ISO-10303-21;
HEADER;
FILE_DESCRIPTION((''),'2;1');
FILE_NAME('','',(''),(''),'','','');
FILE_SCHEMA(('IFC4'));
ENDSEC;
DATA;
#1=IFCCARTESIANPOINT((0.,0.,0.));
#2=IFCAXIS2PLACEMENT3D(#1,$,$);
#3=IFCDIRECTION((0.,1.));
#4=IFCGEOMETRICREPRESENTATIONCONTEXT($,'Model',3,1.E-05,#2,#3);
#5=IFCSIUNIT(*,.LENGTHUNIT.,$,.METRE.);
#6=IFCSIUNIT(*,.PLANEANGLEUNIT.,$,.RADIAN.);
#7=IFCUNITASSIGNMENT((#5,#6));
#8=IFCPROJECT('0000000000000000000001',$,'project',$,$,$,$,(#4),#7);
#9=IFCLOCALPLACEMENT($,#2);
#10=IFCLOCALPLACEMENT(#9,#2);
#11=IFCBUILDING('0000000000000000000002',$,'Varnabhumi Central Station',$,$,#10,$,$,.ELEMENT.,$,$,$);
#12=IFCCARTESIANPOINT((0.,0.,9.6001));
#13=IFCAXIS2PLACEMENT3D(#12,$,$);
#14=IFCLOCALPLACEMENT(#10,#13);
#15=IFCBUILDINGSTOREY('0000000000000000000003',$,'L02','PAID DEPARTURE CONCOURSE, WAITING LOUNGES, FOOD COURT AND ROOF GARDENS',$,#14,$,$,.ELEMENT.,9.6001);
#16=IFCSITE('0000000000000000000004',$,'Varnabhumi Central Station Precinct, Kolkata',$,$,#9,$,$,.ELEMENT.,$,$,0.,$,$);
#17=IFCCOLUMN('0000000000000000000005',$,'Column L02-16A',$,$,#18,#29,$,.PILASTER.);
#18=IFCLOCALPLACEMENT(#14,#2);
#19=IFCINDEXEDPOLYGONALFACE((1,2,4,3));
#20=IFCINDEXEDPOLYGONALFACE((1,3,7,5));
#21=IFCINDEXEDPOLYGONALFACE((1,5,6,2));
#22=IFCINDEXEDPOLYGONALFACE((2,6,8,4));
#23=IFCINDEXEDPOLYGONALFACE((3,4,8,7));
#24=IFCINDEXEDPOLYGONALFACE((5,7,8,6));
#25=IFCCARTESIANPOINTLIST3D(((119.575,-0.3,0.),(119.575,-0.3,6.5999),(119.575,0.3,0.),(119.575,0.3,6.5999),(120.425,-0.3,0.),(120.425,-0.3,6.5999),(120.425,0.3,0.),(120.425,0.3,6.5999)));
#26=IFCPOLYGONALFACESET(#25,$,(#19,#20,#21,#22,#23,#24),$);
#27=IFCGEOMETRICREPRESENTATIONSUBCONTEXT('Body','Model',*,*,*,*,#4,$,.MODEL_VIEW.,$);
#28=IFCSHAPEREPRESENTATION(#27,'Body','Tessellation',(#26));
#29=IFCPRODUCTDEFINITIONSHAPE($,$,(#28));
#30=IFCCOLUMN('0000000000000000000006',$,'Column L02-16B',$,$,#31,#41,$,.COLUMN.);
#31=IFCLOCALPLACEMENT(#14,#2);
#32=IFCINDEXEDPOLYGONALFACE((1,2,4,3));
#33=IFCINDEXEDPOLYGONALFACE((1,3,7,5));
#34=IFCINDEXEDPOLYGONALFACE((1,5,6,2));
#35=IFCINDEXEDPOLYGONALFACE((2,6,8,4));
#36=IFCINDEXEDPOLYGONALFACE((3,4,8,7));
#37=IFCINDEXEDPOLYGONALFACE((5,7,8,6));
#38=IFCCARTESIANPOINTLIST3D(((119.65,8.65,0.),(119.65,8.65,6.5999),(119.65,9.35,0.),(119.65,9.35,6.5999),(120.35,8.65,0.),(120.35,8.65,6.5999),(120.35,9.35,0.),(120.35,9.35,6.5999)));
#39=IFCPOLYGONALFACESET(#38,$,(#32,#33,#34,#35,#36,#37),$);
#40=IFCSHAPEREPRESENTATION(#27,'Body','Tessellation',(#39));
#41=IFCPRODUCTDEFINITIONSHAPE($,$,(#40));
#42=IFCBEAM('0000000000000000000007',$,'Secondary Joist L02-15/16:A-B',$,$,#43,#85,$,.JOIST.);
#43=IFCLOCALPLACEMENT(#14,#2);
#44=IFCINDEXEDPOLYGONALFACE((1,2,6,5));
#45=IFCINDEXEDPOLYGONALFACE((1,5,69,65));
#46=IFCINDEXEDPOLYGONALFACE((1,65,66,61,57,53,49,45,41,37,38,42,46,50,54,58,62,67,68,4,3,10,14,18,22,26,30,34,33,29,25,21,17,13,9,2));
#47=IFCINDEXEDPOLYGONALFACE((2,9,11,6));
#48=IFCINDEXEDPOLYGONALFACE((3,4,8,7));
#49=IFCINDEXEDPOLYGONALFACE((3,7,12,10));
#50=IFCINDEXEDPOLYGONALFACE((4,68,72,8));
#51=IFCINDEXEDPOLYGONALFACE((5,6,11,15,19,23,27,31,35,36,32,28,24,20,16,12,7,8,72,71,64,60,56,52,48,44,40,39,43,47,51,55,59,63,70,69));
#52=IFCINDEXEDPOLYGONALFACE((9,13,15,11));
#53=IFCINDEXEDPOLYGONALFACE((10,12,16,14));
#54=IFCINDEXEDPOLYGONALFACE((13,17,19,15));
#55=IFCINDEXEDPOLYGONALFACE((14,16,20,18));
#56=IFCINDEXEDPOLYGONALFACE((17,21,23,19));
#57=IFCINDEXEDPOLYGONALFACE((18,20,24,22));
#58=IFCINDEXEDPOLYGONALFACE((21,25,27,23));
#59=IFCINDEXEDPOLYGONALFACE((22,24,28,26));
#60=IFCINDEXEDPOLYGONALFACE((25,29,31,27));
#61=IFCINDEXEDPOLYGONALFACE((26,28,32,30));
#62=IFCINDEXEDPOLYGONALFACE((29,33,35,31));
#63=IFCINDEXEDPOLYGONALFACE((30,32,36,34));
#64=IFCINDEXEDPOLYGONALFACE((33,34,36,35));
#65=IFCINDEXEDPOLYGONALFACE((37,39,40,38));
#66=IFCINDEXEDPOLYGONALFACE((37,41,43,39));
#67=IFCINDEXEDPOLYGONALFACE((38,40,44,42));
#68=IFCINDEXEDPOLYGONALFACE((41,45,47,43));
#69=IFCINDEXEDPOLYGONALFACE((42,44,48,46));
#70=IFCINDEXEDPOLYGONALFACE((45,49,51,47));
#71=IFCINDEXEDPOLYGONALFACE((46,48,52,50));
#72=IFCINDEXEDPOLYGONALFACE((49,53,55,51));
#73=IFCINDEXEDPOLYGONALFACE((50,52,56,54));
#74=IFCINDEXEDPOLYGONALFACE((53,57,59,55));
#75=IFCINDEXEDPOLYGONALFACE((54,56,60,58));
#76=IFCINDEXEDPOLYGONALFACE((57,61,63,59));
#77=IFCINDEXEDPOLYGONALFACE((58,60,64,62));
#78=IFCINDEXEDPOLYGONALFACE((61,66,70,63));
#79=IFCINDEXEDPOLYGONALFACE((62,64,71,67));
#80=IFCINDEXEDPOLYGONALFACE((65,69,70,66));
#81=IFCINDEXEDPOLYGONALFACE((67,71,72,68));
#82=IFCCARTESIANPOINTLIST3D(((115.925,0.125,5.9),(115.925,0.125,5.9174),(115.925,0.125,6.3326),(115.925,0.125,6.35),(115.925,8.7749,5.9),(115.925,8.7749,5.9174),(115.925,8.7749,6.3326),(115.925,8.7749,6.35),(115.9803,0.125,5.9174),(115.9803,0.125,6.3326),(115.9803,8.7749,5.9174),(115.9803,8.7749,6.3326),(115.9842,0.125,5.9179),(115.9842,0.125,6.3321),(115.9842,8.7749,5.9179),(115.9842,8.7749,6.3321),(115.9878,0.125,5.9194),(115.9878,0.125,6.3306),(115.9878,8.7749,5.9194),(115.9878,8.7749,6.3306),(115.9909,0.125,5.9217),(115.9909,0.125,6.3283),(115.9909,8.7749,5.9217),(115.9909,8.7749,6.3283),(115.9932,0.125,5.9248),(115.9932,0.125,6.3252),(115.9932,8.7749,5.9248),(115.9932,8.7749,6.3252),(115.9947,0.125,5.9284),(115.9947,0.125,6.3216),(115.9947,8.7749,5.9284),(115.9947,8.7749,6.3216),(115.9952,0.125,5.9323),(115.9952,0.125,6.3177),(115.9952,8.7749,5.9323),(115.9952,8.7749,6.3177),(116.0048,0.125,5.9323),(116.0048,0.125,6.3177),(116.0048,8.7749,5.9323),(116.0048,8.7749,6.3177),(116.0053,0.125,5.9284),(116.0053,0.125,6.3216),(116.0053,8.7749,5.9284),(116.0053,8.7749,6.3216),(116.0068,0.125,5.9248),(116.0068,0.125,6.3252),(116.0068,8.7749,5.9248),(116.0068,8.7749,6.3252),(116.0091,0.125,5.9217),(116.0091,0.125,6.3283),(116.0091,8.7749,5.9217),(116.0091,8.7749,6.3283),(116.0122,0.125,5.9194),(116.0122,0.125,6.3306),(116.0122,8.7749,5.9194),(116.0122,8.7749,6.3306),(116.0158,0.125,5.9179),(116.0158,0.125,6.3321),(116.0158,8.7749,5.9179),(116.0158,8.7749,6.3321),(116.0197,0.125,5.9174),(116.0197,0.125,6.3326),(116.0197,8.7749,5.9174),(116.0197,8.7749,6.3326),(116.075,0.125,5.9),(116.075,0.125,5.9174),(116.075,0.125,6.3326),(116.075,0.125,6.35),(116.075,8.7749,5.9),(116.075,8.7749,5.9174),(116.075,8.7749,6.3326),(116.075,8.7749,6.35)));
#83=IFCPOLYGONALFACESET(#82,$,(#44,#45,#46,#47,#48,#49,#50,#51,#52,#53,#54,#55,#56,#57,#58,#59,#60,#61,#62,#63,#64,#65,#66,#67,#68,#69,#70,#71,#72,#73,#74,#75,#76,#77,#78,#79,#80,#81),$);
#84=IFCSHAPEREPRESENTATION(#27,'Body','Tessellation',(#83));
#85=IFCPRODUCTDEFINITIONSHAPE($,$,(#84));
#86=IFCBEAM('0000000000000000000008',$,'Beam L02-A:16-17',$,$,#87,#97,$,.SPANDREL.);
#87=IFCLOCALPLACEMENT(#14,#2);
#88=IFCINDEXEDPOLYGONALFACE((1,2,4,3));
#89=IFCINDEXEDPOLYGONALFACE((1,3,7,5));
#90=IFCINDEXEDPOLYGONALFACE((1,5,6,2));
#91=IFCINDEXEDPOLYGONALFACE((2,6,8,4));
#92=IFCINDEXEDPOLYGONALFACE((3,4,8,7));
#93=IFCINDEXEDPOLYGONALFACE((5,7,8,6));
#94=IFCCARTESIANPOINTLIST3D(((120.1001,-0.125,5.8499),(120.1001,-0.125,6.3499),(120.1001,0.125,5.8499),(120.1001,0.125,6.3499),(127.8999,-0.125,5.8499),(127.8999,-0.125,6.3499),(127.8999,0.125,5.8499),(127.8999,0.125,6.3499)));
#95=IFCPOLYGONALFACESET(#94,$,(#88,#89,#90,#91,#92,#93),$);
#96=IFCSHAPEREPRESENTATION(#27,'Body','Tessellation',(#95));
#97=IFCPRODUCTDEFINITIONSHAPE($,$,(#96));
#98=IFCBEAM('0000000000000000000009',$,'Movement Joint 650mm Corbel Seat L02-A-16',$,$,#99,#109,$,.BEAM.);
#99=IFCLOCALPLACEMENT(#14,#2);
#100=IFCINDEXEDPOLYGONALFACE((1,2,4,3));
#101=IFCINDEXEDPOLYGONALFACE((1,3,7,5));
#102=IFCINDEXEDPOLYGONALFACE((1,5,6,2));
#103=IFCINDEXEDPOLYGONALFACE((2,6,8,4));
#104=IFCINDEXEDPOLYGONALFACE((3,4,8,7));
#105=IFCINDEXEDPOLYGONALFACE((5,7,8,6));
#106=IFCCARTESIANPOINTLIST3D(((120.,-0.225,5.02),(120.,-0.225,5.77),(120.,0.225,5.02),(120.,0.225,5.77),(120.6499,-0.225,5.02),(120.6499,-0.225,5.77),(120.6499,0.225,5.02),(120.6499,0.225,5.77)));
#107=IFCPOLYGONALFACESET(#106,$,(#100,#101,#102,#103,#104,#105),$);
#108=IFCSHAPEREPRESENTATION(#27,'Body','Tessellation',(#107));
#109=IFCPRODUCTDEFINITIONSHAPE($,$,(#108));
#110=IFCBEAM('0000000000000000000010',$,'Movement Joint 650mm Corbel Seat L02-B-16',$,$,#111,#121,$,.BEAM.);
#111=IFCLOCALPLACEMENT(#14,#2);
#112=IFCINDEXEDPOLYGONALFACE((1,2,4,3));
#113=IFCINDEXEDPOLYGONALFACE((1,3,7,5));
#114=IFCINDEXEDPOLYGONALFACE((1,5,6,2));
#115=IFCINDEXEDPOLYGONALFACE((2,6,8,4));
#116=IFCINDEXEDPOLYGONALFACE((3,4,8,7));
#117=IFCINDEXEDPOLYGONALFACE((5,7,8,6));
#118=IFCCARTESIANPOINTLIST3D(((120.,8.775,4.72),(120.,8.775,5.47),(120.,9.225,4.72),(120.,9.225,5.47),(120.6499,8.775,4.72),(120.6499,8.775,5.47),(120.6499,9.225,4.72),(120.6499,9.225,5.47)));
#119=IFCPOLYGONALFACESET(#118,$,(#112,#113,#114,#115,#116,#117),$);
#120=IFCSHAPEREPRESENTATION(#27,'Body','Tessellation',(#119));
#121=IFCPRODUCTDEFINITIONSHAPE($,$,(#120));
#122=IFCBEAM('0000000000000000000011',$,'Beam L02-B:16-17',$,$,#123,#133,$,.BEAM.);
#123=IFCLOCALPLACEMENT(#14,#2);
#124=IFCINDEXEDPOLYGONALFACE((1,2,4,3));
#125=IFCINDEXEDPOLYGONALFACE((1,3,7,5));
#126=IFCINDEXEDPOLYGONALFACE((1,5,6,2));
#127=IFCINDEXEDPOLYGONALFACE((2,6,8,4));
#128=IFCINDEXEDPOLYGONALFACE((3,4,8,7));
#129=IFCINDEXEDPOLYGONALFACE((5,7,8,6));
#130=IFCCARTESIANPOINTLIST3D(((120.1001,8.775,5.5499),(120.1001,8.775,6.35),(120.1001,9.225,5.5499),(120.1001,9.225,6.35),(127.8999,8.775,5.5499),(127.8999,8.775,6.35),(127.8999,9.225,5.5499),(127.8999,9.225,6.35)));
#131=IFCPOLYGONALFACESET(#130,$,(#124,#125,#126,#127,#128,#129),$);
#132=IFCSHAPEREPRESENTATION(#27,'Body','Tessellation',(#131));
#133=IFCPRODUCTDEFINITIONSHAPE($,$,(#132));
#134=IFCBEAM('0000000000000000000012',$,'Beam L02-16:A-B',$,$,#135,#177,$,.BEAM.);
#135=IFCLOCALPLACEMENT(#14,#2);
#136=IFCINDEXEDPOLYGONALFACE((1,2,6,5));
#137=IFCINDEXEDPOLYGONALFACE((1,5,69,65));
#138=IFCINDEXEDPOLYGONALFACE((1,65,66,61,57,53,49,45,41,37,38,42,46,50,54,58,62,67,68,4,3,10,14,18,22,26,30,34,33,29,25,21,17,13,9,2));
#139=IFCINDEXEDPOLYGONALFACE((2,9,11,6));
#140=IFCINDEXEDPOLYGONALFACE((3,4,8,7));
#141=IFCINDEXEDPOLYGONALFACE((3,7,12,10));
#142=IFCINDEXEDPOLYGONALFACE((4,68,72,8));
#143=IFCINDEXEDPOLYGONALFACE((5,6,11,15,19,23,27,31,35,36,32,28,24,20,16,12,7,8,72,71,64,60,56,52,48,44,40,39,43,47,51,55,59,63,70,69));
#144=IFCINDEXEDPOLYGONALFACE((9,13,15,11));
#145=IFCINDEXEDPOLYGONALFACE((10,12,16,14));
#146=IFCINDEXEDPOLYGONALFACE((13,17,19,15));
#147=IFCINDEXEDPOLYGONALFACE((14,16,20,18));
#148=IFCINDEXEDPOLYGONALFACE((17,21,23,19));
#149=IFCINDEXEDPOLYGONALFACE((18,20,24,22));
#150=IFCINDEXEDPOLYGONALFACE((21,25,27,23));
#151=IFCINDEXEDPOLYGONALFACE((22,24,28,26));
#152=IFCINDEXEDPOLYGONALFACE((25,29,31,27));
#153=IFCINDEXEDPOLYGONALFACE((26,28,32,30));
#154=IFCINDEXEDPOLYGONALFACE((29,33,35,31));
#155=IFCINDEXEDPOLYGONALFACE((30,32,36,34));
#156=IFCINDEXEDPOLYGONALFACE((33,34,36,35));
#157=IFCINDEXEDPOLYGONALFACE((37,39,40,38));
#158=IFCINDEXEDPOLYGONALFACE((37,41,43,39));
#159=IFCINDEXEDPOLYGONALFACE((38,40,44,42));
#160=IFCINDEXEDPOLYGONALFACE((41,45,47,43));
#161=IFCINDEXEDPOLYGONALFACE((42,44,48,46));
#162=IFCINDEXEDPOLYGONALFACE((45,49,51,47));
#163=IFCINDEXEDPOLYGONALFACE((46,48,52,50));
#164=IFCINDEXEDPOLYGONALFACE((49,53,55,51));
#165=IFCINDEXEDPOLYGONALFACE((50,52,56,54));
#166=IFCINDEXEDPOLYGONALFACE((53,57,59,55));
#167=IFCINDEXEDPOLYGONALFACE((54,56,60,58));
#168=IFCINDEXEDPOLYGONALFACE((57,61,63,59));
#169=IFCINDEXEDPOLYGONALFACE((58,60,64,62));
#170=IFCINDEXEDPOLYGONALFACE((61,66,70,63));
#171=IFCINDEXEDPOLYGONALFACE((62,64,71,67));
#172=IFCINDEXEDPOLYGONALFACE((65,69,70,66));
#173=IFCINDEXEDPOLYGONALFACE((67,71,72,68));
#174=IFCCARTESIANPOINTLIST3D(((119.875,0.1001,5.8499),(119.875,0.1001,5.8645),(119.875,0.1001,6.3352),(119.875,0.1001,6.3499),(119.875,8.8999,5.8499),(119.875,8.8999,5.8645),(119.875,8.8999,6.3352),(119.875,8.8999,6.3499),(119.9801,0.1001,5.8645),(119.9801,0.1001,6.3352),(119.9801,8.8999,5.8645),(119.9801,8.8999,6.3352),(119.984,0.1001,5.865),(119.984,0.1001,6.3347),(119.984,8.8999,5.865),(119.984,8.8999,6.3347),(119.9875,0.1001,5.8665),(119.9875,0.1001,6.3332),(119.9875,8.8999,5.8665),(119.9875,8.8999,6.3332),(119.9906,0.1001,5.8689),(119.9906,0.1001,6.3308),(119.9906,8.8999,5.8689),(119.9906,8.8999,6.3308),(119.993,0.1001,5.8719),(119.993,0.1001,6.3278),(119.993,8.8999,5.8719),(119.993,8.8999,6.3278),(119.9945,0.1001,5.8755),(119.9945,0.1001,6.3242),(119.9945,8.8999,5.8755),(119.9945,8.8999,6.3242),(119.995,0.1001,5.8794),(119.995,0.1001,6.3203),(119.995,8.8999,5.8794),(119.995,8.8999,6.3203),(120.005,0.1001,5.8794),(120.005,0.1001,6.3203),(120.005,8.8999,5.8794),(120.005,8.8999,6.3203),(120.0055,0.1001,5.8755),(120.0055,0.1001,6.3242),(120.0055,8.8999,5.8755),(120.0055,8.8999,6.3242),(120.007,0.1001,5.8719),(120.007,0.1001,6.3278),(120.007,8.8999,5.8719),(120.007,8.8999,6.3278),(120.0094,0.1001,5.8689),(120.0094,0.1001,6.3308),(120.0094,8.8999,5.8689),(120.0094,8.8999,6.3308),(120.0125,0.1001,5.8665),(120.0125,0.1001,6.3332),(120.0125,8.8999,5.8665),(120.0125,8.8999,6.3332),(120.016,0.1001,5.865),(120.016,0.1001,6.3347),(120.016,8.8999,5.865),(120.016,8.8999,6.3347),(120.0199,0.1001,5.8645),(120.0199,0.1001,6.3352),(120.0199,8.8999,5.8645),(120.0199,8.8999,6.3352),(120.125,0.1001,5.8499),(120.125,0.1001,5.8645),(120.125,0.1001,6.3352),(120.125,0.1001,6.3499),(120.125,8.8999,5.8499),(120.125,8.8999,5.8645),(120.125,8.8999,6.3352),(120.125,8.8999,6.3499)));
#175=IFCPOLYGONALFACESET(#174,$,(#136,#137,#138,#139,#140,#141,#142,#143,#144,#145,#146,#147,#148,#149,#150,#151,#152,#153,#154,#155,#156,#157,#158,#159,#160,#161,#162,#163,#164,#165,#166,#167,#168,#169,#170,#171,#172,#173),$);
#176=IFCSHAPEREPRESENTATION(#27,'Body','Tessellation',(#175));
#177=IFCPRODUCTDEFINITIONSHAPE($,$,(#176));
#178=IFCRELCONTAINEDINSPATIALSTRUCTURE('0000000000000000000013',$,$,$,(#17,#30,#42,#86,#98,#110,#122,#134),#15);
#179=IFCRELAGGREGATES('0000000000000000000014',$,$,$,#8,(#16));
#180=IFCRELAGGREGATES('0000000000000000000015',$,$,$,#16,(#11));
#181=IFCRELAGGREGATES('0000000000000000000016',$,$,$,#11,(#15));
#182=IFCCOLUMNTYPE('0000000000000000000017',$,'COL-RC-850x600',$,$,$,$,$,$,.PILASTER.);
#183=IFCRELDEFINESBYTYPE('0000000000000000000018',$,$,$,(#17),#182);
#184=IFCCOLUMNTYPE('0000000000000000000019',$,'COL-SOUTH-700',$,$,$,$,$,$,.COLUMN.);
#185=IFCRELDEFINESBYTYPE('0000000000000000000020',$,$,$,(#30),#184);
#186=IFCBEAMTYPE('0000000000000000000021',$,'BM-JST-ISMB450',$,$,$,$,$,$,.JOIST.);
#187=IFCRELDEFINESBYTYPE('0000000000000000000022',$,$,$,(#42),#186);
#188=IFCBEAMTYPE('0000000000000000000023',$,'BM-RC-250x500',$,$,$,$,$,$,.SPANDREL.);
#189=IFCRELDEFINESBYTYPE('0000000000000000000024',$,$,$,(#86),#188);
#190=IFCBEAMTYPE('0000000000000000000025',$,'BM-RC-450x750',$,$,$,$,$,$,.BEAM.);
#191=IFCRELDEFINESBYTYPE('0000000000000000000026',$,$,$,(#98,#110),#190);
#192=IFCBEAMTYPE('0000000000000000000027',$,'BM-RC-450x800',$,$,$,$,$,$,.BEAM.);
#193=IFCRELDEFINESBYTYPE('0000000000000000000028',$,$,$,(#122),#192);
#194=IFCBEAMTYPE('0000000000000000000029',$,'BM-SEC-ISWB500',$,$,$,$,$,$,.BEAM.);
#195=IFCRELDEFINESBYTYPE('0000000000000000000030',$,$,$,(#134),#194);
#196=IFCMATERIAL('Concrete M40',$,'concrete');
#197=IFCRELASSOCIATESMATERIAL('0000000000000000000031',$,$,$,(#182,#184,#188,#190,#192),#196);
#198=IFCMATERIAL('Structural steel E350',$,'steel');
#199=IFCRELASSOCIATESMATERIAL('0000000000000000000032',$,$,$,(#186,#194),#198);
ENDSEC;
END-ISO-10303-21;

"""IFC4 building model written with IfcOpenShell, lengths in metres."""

from ifc_helpers import new_model, si_unit, direction, frame, origin, origin_2d, place, context, subcontext, project, spatial, rectangle, i_section, extrude, material, material_profile, profile_set, type_object, element, save


model = new_model("IFC4")

# Units and contexts
model_context = context("Model", 3, precision=1e-05, world=origin(), true_north=direction((0.0, 1.0)))
body_context = subcontext(model_context, "Body", "Model", "MODEL_VIEW")
ifc_project = project(units=[si_unit("LENGTHUNIT", "METRE"), si_unit("PLANEANGLEUNIT", "RADIAN")], contexts=[model_context])

# Site, building, storey
site_placement = place(None, origin())
site = spatial("IfcSite", under=ifc_project, at=site_placement, Name="Varnabhumi Central Station Precinct, Kolkata", CompositionType="ELEMENT", RefElevation=0.0)
building_placement = place(site_placement, origin())
building = spatial("IfcBuilding", under=site, at=building_placement, Name="Varnabhumi Central Station", CompositionType="ELEMENT")
storey_placement = place(building_placement, frame((0.0, 0.0, 9.6001)))
storey = spatial("IfcBuildingStorey", under=building, at=storey_placement, Name="L02", Description="PAID DEPARTURE CONCOURSE, WAITING LOUNGES, FOOD COURT AND ROOF GARDENS", CompositionType="ELEMENT", Elevation=9.6001)

# Columns
ifc_material_1 = material(Name="Concrete M40", Category="concrete")
ifc_material_profile_1 = material_profile(ifc_material_1, rectangle(XDim=0.8501, YDim=0.6001, at=origin_2d()), Name="Concrete M40", Category="concrete")
ifc_profile_set_1 = profile_set([ifc_material_profile_1], Name="Concrete M40")
column_type_1 = type_object("IfcColumnType", Name="COL-RC-850x600", PredefinedType="PILASTER", material=ifc_profile_set_1)
column_1_placement = place(storey_placement, frame((120.0, 0.0, 0.0), z_axis=(0.0, 0.0, 1.0), x_axis=(1.0, 0.0, 0.0)))
element("IfcColumn", 1, at=column_1_placement, inside=storey, type_object=column_type_1, Name="Column L02-16A", PredefinedType="PILASTER", context=body_context, shape_type="SweptSolid", body=[
    extrude(rectangle(XDim=0.8501, YDim=0.6001, at=origin_2d()), origin(), (0.0, 0.0, 1.0), 6.5999),
])
ifc_material_profile_2 = material_profile(ifc_material_1, rectangle(XDim=0.7, YDim=0.7, at=origin_2d()), Name="Concrete M40", Category="concrete")
ifc_profile_set_2 = profile_set([ifc_material_profile_2], Name="Concrete M40")
column_type_2 = type_object("IfcColumnType", Name="COL-SOUTH-700", PredefinedType="COLUMN", material=ifc_profile_set_2)
column_2_placement = place(storey_placement, frame((120.0, 9.0, 0.0), z_axis=(0.0, 0.0, 1.0), x_axis=(1.0, 0.0, 0.0)))
element("IfcColumn", 2, at=column_2_placement, inside=storey, type_object=column_type_2, Name="Column L02-16B", PredefinedType="COLUMN", context=body_context, shape_type="SweptSolid", body=[
    extrude(rectangle(XDim=0.7, YDim=0.7, at=origin_2d()), origin(), (0.0, 0.0, 1.0), 6.5999),
])

# Beams
ifc_material_2 = material(Name="Structural steel E350", Category="steel")
ifc_material_profile_3 = material_profile(ifc_material_2, i_section(OverallWidth=0.1499, OverallDepth=0.45, WebThickness=0.0095, FlangeThickness=0.0173, FilletRadius=0.0149, at=origin_2d()), Name="Structural steel E350", Category="steel")
ifc_profile_set_3 = profile_set([ifc_material_profile_3], Name="Structural steel E350")
beam_type_1 = type_object("IfcBeamType", Name="BM-JST-ISMB450", PredefinedType="JOIST", material=ifc_profile_set_3)
beam_1_placement = place(storey_placement, frame((116.0, 0.125, 6.125), z_axis=(0.0, 1.0, 0.0), x_axis=(-1.0, 0.0, 0.0)))
element("IfcBeam", 3, at=beam_1_placement, inside=storey, type_object=beam_type_1, Name="Secondary Joist L02-15/16:A-B", PredefinedType="JOIST", context=body_context, shape_type="SweptSolid", body=[
    extrude(i_section(OverallWidth=0.1499, OverallDepth=0.45, WebThickness=0.0095, FlangeThickness=0.0173, FilletRadius=0.0149, at=origin_2d()), origin(), (0.0, 0.0, 1.0), 8.6499),
])
ifc_material_profile_4 = material_profile(ifc_material_1, rectangle(XDim=0.25, YDim=0.5, at=origin_2d()), Name="Concrete M40", Category="concrete")
ifc_profile_set_4 = profile_set([ifc_material_profile_4], Name="Concrete M40")
beam_type_2 = type_object("IfcBeamType", Name="BM-RC-250x500", PredefinedType="SPANDREL", material=ifc_profile_set_4)
beam_2_placement = place(storey_placement, frame((120.1001, 0.0, 6.0999), z_axis=(1.0, 0.0, 0.0), x_axis=(0.0, 1.0, 0.0)))
element("IfcBeam", 4, at=beam_2_placement, inside=storey, type_object=beam_type_2, Name="Beam L02-A:16-17", PredefinedType="SPANDREL", context=body_context, shape_type="SweptSolid", body=[
    extrude(rectangle(XDim=0.25, YDim=0.5, at=origin_2d()), origin(), (0.0, 0.0, 1.0), 7.7998),
])
ifc_material_profile_5 = material_profile(ifc_material_1, rectangle(XDim=0.45, YDim=0.75, at=origin_2d()), Name="Concrete M40", Category="concrete")
ifc_profile_set_5 = profile_set([ifc_material_profile_5], Name="Concrete M40")
beam_type_3 = type_object("IfcBeamType", Name="BM-RC-450x750", PredefinedType="BEAM", material=ifc_profile_set_5)
for number, where, z_axis, x_axis, name in (
    (5, (120.0, 0.0, 5.395), (1.0, 0.0, 0.0), (0.0, 1.0, 0.0), "Movement Joint 650mm Corbel Seat L02-A-16"),
    (6, (120.0, 9.0, 5.095), (1.0, 0.0, 0.0), (0.0, 1.0, 0.0), "Movement Joint 650mm Corbel Seat L02-B-16"),
):
    element("IfcBeam", number, at=place(storey_placement, frame(where, z_axis=z_axis, x_axis=x_axis)), inside=storey, type_object=beam_type_3, Name=name, PredefinedType="BEAM", context=body_context, shape_type="SweptSolid", body=[
        extrude(rectangle(XDim=0.45, YDim=0.75, at=origin_2d()), origin(), (0.0, 0.0, 1.0), 0.6499),
    ])
ifc_material_profile_6 = material_profile(ifc_material_1, rectangle(XDim=0.45, YDim=0.8, at=origin_2d()), Name="Concrete M40", Category="concrete")
ifc_profile_set_6 = profile_set([ifc_material_profile_6], Name="Concrete M40")
beam_type_4 = type_object("IfcBeamType", Name="BM-RC-450x800", PredefinedType="BEAM", material=ifc_profile_set_6)
beam_3_placement = place(storey_placement, frame((120.1001, 9.0, 5.95), z_axis=(1.0, 0.0, 0.0), x_axis=(0.0, 1.0, 0.0)))
element("IfcBeam", 7, at=beam_3_placement, inside=storey, type_object=beam_type_4, Name="Beam L02-B:16-17", PredefinedType="BEAM", context=body_context, shape_type="SweptSolid", body=[
    extrude(rectangle(XDim=0.45, YDim=0.8, at=origin_2d()), origin(), (0.0, 0.0, 1.0), 7.7998),
])
ifc_material_profile_7 = material_profile(ifc_material_2, i_section(OverallWidth=0.25, OverallDepth=0.5, WebThickness=0.01, FlangeThickness=0.0146, FilletRadius=0.0149, at=origin_2d()), Name="Structural steel E350", Category="steel")
ifc_profile_set_7 = profile_set([ifc_material_profile_7], Name="Structural steel E350")
beam_type_5 = type_object("IfcBeamType", Name="BM-SEC-ISWB500", PredefinedType="BEAM", material=ifc_profile_set_7)
beam_4_placement = place(storey_placement, frame((120.0, 0.1001, 6.0999), z_axis=(0.0, 1.0, 0.0), x_axis=(-1.0, 0.0, 0.0)))
element("IfcBeam", 8, at=beam_4_placement, inside=storey, type_object=beam_type_5, Name="Beam L02-16:A-B", PredefinedType="BEAM", context=body_context, shape_type="SweptSolid", body=[
    extrude(i_section(OverallWidth=0.25, OverallDepth=0.5, WebThickness=0.01, FlangeThickness=0.0146, FilletRadius=0.0149, at=origin_2d()), origin(), (0.0, 0.0, 1.0), 8.7998),
])

save(model, "model.ifc")
